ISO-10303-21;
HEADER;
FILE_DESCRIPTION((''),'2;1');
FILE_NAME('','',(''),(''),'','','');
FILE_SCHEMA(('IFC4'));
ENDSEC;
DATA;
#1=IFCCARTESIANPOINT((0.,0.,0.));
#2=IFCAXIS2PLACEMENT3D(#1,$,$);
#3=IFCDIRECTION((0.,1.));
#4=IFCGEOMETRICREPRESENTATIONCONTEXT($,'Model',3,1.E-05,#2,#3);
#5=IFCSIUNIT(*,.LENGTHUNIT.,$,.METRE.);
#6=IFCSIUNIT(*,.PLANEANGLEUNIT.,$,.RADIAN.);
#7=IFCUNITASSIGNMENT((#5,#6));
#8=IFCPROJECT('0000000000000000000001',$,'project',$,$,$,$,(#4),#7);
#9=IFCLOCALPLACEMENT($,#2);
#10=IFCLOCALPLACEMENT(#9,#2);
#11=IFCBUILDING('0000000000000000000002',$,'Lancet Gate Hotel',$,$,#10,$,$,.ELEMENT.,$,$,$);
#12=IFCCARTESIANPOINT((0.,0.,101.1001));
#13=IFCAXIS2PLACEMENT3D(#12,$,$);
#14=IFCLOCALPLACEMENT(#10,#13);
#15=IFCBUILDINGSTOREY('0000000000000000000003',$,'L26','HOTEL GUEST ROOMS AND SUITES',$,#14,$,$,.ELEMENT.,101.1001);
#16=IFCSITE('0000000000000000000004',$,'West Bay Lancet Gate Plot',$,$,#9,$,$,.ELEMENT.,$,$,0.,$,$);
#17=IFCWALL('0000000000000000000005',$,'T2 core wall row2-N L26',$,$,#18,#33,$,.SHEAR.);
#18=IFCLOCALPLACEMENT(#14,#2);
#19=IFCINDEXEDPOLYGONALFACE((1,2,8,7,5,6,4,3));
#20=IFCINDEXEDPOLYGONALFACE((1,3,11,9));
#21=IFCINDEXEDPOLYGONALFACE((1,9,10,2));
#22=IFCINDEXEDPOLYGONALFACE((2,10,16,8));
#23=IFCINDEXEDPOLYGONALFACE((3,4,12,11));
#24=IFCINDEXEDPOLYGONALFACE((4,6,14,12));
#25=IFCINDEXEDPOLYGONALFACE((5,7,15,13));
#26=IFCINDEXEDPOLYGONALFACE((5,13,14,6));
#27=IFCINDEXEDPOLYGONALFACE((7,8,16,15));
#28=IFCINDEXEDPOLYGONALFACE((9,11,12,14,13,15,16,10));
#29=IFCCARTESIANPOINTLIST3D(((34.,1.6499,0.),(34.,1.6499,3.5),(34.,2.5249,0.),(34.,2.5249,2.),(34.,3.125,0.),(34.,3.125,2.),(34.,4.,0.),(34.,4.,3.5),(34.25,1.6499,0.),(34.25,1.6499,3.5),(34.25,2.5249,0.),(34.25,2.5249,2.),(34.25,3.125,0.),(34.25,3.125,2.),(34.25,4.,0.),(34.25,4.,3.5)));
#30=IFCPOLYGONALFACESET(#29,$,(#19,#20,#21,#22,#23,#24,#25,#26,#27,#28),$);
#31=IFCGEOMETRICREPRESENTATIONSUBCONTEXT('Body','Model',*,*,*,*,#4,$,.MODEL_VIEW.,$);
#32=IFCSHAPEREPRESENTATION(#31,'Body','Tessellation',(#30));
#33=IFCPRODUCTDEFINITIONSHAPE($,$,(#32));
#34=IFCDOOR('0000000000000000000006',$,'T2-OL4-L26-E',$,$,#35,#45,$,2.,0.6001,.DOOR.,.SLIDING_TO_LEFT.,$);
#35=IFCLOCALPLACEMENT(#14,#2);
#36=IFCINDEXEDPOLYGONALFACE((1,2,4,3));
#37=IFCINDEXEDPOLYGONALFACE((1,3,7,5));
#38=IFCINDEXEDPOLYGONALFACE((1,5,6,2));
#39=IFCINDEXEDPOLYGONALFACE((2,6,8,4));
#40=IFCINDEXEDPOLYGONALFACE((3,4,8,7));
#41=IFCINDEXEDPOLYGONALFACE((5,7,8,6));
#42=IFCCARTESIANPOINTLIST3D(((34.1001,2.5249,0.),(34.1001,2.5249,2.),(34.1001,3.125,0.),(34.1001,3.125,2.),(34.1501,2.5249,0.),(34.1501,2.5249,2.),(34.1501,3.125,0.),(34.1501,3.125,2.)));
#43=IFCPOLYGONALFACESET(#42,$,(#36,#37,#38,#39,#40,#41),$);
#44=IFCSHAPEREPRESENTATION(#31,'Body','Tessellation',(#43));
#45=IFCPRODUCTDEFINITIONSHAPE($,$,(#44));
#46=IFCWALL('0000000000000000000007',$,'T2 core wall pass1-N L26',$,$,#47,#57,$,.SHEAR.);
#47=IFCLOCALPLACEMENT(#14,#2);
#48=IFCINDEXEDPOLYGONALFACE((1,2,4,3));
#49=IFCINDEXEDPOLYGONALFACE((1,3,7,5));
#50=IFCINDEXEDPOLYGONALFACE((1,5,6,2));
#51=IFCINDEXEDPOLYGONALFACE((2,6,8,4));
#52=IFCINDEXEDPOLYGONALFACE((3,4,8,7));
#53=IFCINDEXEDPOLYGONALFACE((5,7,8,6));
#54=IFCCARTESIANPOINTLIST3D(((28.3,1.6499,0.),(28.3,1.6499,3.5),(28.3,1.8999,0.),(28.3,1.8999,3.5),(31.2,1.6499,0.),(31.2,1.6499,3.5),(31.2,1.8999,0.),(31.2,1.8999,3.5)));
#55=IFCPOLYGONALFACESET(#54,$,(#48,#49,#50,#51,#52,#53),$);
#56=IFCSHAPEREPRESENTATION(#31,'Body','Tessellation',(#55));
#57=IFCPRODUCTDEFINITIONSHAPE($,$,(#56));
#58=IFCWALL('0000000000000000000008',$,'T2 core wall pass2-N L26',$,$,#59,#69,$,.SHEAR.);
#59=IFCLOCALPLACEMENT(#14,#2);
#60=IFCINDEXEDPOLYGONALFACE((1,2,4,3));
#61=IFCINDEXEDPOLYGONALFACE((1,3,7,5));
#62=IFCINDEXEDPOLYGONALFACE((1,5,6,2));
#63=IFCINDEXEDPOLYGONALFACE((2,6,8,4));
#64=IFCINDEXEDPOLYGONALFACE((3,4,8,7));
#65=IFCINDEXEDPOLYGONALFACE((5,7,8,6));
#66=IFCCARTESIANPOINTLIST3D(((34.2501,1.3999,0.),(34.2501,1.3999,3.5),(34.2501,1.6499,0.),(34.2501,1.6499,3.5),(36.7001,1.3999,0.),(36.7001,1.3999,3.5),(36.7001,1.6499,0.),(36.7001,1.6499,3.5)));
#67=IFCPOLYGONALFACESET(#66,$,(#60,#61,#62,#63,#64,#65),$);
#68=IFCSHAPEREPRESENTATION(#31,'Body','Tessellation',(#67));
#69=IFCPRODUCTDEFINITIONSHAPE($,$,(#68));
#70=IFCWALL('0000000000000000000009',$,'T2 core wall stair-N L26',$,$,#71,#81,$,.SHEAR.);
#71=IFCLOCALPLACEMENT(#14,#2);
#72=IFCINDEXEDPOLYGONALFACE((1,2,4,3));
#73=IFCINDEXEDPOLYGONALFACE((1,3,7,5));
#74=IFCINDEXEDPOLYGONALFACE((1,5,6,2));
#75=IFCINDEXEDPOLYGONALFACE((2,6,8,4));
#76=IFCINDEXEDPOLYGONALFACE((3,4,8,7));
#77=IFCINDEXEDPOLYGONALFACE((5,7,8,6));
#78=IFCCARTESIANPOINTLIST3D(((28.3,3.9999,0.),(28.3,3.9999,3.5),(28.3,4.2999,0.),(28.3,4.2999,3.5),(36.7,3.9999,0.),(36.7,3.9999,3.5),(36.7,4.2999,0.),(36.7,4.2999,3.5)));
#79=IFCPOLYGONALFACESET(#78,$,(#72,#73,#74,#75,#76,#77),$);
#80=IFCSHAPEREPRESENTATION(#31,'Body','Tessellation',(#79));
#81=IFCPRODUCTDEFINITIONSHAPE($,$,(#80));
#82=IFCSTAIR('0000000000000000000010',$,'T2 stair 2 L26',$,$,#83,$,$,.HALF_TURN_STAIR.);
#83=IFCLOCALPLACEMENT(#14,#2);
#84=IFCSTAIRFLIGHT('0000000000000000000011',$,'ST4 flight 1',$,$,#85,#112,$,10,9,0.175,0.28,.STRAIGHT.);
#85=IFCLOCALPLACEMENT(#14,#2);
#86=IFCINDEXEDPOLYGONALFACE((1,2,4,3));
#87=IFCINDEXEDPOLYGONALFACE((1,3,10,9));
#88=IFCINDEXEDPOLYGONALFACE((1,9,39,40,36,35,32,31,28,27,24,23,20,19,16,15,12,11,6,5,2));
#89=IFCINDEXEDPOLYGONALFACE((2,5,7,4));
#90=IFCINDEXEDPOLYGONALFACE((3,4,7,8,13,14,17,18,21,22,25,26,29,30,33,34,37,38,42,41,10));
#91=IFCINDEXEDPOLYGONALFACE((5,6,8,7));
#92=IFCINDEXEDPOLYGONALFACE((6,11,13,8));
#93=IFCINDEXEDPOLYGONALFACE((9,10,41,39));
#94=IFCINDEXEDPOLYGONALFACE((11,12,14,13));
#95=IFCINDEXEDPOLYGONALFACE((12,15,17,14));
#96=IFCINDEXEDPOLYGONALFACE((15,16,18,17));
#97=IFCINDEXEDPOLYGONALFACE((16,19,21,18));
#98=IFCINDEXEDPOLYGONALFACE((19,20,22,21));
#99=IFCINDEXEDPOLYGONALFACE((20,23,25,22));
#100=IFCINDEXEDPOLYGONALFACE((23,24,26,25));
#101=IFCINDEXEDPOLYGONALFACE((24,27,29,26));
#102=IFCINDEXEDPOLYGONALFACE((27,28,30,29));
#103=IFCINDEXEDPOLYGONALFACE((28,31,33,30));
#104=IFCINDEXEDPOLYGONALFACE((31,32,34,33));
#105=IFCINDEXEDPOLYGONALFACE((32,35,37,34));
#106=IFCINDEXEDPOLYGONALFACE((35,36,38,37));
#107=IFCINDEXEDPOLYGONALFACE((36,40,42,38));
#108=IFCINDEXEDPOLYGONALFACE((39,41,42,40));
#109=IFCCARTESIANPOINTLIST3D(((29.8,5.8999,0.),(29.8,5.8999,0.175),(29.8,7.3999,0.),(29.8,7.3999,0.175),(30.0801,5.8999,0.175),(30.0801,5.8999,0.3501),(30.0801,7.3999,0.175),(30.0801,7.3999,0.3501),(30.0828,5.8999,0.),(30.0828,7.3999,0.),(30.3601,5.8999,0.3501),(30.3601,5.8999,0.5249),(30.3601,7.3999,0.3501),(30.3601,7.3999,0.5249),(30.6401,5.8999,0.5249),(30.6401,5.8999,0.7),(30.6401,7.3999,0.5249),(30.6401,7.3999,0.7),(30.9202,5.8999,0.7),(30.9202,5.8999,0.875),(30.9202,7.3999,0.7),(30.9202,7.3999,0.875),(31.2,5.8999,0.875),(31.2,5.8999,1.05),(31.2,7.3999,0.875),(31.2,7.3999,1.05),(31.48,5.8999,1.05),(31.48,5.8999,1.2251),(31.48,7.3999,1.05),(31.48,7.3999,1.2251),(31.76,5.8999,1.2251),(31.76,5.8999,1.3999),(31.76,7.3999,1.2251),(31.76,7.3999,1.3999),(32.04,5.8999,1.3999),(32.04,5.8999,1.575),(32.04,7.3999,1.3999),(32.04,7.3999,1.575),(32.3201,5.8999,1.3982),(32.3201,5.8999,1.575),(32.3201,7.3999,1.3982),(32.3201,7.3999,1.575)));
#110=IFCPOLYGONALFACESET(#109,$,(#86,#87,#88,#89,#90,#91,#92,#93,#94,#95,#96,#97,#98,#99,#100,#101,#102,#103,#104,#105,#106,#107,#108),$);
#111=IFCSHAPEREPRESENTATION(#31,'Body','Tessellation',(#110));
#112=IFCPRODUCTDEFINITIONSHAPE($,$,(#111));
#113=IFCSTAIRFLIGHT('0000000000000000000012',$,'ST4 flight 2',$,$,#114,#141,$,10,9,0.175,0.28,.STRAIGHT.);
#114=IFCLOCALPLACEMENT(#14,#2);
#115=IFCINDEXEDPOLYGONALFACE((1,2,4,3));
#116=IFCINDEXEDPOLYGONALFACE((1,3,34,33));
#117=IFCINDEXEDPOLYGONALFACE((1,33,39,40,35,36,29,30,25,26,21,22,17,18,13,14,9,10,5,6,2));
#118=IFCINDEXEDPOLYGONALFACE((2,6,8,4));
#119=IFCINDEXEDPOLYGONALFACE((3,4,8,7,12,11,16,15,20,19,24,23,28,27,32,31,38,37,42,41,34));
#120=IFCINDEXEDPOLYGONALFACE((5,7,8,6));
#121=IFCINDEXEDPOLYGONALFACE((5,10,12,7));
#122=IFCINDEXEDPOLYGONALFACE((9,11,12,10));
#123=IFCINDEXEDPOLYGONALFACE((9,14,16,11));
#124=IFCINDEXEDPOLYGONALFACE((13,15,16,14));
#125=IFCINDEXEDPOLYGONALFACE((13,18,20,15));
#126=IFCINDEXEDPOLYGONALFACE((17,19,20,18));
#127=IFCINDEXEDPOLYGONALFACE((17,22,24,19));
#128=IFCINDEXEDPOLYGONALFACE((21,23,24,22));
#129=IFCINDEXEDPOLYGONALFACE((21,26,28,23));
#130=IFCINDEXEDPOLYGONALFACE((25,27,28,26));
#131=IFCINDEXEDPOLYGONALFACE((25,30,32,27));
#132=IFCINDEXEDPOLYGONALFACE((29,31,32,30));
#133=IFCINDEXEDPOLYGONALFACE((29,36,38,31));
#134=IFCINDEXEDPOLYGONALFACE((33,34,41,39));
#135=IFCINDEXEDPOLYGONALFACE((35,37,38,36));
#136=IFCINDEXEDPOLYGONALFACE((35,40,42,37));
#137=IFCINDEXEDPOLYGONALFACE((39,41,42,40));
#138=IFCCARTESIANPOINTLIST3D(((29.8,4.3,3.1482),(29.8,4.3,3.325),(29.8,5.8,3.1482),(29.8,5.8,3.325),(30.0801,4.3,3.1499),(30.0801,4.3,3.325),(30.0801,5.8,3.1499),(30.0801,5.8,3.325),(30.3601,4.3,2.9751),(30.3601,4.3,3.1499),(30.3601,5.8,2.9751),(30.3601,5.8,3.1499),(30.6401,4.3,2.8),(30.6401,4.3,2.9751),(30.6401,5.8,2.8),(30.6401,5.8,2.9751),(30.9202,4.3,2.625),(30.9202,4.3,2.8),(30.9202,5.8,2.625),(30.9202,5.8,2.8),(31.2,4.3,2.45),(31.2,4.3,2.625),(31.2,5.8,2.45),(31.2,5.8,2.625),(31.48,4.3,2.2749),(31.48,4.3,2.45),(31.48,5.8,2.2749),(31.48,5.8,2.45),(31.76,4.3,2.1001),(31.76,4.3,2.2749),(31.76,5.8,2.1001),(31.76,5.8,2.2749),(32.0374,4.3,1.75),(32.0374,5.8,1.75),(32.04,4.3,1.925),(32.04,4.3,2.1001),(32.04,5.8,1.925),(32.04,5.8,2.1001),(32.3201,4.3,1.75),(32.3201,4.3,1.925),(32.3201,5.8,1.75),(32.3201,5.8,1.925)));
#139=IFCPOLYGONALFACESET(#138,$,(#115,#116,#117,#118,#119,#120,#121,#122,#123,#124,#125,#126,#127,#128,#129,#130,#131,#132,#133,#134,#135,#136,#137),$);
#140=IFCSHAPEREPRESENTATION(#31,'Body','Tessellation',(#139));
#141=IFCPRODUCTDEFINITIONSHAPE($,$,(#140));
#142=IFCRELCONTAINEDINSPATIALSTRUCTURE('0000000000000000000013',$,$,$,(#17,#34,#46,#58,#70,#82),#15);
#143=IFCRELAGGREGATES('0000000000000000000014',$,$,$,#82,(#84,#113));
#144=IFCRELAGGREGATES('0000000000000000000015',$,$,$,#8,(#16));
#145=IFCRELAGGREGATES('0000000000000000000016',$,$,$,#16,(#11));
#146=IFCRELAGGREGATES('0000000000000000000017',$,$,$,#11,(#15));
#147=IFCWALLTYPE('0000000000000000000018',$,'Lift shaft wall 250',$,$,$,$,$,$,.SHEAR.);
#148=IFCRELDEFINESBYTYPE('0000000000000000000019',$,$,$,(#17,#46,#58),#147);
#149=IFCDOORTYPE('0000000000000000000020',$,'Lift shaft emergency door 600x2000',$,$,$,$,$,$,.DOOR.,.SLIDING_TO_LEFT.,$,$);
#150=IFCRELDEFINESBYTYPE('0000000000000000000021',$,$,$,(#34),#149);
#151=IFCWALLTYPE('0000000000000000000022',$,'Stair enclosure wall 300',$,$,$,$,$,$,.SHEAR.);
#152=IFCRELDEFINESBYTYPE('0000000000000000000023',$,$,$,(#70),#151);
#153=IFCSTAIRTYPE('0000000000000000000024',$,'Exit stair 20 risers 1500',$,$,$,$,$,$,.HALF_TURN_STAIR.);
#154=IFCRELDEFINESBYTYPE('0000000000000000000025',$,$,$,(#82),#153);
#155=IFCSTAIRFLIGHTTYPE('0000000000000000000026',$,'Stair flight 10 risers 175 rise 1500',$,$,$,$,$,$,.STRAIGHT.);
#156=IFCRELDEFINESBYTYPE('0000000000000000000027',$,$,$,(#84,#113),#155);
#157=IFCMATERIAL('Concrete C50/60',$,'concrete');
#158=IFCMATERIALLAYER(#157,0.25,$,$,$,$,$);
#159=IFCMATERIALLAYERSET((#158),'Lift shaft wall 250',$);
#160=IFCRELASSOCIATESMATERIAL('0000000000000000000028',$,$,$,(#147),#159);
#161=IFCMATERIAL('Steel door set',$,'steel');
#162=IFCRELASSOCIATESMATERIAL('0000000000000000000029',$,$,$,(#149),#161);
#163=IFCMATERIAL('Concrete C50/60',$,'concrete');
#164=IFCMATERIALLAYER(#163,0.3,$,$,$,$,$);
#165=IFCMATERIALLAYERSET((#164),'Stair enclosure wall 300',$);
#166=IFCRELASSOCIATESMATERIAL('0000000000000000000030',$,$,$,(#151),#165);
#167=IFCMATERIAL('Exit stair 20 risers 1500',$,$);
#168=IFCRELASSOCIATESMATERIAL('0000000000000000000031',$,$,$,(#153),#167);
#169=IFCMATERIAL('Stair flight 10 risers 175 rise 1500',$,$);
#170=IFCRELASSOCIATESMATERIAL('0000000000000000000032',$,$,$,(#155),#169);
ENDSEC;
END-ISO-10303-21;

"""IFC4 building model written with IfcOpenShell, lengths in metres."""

from ifc_helpers import new_model, si_unit, direction, frame, frame_2d, origin, place, context, subcontext, project, spatial, polyline, rectangle, outline, extrude, material, layer, layer_set, type_object, element, fill, aggregate, save


model = new_model("IFC4")

# Units and contexts
model_context = context("Model", 3, precision=1e-05, world=origin(), true_north=direction((0.0, 1.0)))
body_context = subcontext(model_context, "Body", "Model", "MODEL_VIEW")
ifc_project = project(units=[si_unit("LENGTHUNIT", "METRE"), si_unit("PLANEANGLEUNIT", "RADIAN")], contexts=[model_context])

# Site, building, storey
site_placement = place(None, origin())
site = spatial("IfcSite", under=ifc_project, at=site_placement, Name="West Bay Lancet Gate Plot", CompositionType="ELEMENT", RefElevation=0.0)
building_placement = place(site_placement, origin())
building = spatial("IfcBuilding", under=site, at=building_placement, Name="Lancet Gate Hotel", CompositionType="ELEMENT")
storey_placement = place(building_placement, frame((0.0, 0.0, 101.1001)))
storey = spatial("IfcBuildingStorey", under=building, at=storey_placement, Name="L26", Description="HOTEL GUEST ROOMS AND SUITES", CompositionType="ELEMENT", Elevation=101.1001)

# Wall, opening, door
ifc_material_1 = material(Name="Concrete C50/60", Category="concrete")
ifc_layer_1 = layer(ifc_material_1, 0.25)
ifc_layer_set_1 = layer_set([ifc_layer_1], Name="Lift shaft wall 250")
wall_type_1 = type_object("IfcWallType", Name="Lift shaft wall 250", PredefinedType="SHEAR", material=ifc_layer_set_1)
wall_1_placement = place(storey_placement, frame((34.125, 1.6499, 0.0), z_axis=(0.0, 0.0, 1.0), x_axis=(0.0, 1.0, 0.0)))
wall_1 = element("IfcWall", 1, at=wall_1_placement, inside=storey, type_object=wall_type_1, Name="T2 core wall row2-N L26", PredefinedType="SHEAR", context=body_context, shape_type="SweptSolid", body=[
    extrude(rectangle(XDim=2.3501, YDim=0.25, at=frame_2d((1.175, 0.0))), origin(), (0.0, 0.0, 1.0), 3.5),
])
opening_1_placement = place(wall_1_placement, frame((0.875, 0.0, 0.0)))
opening_1 = element("IfcOpeningElement", 2, at=opening_1_placement, cuts=wall_1, PredefinedType="OPENING", context=body_context, shape_type="SweptSolid", body=[
    extrude(rectangle(XDim=0.6001, YDim=2.0, at=frame_2d((0.3, 1.0))), frame((0.0, 0.135, 0.0), z_axis=(0.0, -1.0, 0.0), x_axis=(1.0, 0.0, 0.0)), (0.0, 0.0, 1.0), 0.27),
])
ifc_material_2 = material(Name="Steel door set", Category="steel")
door_type_1 = type_object("IfcDoorType", Name="Lift shaft emergency door 600x2000", OperationType="SLIDING_TO_LEFT", PredefinedType="DOOR", material=ifc_material_2)
door_1_placement = place(opening_1_placement, origin())
door_1 = element("IfcDoor", 3, at=door_1_placement, inside=storey, type_object=door_type_1, Name="T2-OL4-L26-E", OperationType="SLIDING_TO_LEFT", OverallHeight=2.0, OverallWidth=0.6001, PredefinedType="DOOR", context=body_context, shape_type="SweptSolid", body=[
    extrude(rectangle(XDim=0.6001, YDim=2.0, at=frame_2d((0.3, 1.0))), frame((0.0, 0.0249, 0.0), z_axis=(0.0, -1.0, 0.0), x_axis=(1.0, 0.0, 0.0)), (0.0, 0.0, 1.0), 0.05),
])
fill(opening_1, door_1)

# Walls
wall_2_placement = place(storey_placement, frame((28.3, 1.7749, 0.0), z_axis=(0.0, 0.0, 1.0), x_axis=(1.0, 0.0, 0.0)))
element("IfcWall", 4, at=wall_2_placement, inside=storey, type_object=wall_type_1, Name="T2 core wall pass1-N L26", PredefinedType="SHEAR", context=body_context, shape_type="SweptSolid", body=[
    extrude(rectangle(XDim=2.8999, YDim=0.25, at=frame_2d((1.45, 0.0))), origin(), (0.0, 0.0, 1.0), 3.5),
])
wall_3_placement = place(storey_placement, frame((34.25, 1.5249, 0.0), z_axis=(0.0, 0.0, 1.0), x_axis=(1.0, 0.0, 0.0)))
element("IfcWall", 5, at=wall_3_placement, inside=storey, type_object=wall_type_1, Name="T2 core wall pass2-N L26", PredefinedType="SHEAR", context=body_context, shape_type="SweptSolid", body=[
    extrude(rectangle(XDim=2.45, YDim=0.25, at=frame_2d((1.2251, 0.0))), origin(), (0.0, 0.0, 1.0), 3.5),
])
ifc_material_3 = material(Name="Concrete C50/60", Category="concrete")
ifc_layer_2 = layer(ifc_material_3, 0.3)
ifc_layer_set_2 = layer_set([ifc_layer_2], Name="Stair enclosure wall 300")
wall_type_2 = type_object("IfcWallType", Name="Stair enclosure wall 300", PredefinedType="SHEAR", material=ifc_layer_set_2)
wall_4_placement = place(storey_placement, frame((28.3, 4.1499, 0.0), z_axis=(0.0, 0.0, 1.0), x_axis=(1.0, 0.0, 0.0)))
element("IfcWall", 6, at=wall_4_placement, inside=storey, type_object=wall_type_2, Name="T2 core wall stair-N L26", PredefinedType="SHEAR", context=body_context, shape_type="SweptSolid", body=[
    extrude(rectangle(XDim=8.3999, YDim=0.3, at=frame_2d((4.2, 0.0))), origin(), (0.0, 0.0, 1.0), 3.5),
])

# Stair, stair flights
ifc_material_4 = material(Name="Exit stair 20 risers 1500")
stair_type = type_object("IfcStairType", Name="Exit stair 20 risers 1500", PredefinedType="HALF_TURN_STAIR", material=ifc_material_4)
stair_placement = place(storey_placement, origin())
stair = element("IfcStair", 7, at=stair_placement, inside=storey, type_object=stair_type, Name="T2 stair 2 L26", PredefinedType="HALF_TURN_STAIR")
ifc_material_5 = material(Name="Stair flight 10 risers 175 rise 1500")
stair_flight_type = type_object("IfcStairFlightType", Name="Stair flight 10 risers 175 rise 1500", PredefinedType="STRAIGHT", material=ifc_material_5)
stair_flight_1_placement = place(storey_placement, frame((29.8, 6.6499, 0.0), z_axis=(0.0, 0.0, 1.0), x_axis=(1.0, 0.0, 0.0)))
stair_flight_1 = element("IfcStairFlight", 8, at=stair_flight_1_placement, type_object=stair_flight_type, Name="ST4 flight 1", NumberOfRisers=10, NumberOfTreads=9, PredefinedType="STRAIGHT", RiserHeight=0.175, TreadLength=0.28, context=body_context, shape_type="SweptSolid", body=[
    extrude(outline(polyline([(0.0, 0.0), (0.0, 0.175), (0.28, 0.175), (0.28, 0.3501), (0.5601, 0.3501), (0.5601, 0.5249), (0.8401, 0.5249), (0.8401, 0.7), (1.1201, 0.7), (1.1201, 0.875), (1.3999, 0.875), (1.3999, 1.05), (1.6799, 1.05), (1.6799, 1.2251), (1.96, 1.2251), (1.96, 1.3999), (2.24, 1.3999), (2.24, 1.575), (2.52, 1.575), (2.52, 1.75), (2.52, 1.3982), (0.2827, 0.0), (0.0, 0.0)])), frame((0.0, 0.75, 0.0), z_axis=(0.0, -1.0, 0.0), x_axis=(1.0, 0.0, 0.0)), (0.0, 0.0, 1.0), 1.5),
])
stair_flight_2_placement = place(storey_placement, frame((32.3201, 5.05, 1.75), z_axis=(0.0, 0.0, 1.0), x_axis=(-1.0, 0.0, 0.0)))
stair_flight_2 = element("IfcStairFlight", 9, at=stair_flight_2_placement, type_object=stair_flight_type, Name="ST4 flight 2", NumberOfRisers=10, NumberOfTreads=9, PredefinedType="STRAIGHT", RiserHeight=0.175, TreadLength=0.28, context=body_context, shape_type="SweptSolid", body=[
    extrude(outline(polyline([(0.0, 0.0), (0.0, 0.175), (0.28, 0.175), (0.28, 0.3501), (0.5601, 0.3501), (0.5601, 0.5249), (0.8401, 0.5249), (0.8401, 0.7), (1.1201, 0.7), (1.1201, 0.875), (1.3999, 0.875), (1.3999, 1.05), (1.6799, 1.05), (1.6799, 1.2251), (1.96, 1.2251), (1.96, 1.3999), (2.24, 1.3999), (2.24, 1.575), (2.52, 1.575), (2.52, 1.75), (2.52, 1.3982), (0.2827, 0.0), (0.0, 0.0)])), frame((0.0, 0.75, 0.0), z_axis=(0.0, -1.0, 0.0), x_axis=(1.0, 0.0, 0.0)), (0.0, 0.0, 1.0), 1.5),
])
aggregate(stair, [stair_flight_1, stair_flight_2])

save(model, "model.ifc")
